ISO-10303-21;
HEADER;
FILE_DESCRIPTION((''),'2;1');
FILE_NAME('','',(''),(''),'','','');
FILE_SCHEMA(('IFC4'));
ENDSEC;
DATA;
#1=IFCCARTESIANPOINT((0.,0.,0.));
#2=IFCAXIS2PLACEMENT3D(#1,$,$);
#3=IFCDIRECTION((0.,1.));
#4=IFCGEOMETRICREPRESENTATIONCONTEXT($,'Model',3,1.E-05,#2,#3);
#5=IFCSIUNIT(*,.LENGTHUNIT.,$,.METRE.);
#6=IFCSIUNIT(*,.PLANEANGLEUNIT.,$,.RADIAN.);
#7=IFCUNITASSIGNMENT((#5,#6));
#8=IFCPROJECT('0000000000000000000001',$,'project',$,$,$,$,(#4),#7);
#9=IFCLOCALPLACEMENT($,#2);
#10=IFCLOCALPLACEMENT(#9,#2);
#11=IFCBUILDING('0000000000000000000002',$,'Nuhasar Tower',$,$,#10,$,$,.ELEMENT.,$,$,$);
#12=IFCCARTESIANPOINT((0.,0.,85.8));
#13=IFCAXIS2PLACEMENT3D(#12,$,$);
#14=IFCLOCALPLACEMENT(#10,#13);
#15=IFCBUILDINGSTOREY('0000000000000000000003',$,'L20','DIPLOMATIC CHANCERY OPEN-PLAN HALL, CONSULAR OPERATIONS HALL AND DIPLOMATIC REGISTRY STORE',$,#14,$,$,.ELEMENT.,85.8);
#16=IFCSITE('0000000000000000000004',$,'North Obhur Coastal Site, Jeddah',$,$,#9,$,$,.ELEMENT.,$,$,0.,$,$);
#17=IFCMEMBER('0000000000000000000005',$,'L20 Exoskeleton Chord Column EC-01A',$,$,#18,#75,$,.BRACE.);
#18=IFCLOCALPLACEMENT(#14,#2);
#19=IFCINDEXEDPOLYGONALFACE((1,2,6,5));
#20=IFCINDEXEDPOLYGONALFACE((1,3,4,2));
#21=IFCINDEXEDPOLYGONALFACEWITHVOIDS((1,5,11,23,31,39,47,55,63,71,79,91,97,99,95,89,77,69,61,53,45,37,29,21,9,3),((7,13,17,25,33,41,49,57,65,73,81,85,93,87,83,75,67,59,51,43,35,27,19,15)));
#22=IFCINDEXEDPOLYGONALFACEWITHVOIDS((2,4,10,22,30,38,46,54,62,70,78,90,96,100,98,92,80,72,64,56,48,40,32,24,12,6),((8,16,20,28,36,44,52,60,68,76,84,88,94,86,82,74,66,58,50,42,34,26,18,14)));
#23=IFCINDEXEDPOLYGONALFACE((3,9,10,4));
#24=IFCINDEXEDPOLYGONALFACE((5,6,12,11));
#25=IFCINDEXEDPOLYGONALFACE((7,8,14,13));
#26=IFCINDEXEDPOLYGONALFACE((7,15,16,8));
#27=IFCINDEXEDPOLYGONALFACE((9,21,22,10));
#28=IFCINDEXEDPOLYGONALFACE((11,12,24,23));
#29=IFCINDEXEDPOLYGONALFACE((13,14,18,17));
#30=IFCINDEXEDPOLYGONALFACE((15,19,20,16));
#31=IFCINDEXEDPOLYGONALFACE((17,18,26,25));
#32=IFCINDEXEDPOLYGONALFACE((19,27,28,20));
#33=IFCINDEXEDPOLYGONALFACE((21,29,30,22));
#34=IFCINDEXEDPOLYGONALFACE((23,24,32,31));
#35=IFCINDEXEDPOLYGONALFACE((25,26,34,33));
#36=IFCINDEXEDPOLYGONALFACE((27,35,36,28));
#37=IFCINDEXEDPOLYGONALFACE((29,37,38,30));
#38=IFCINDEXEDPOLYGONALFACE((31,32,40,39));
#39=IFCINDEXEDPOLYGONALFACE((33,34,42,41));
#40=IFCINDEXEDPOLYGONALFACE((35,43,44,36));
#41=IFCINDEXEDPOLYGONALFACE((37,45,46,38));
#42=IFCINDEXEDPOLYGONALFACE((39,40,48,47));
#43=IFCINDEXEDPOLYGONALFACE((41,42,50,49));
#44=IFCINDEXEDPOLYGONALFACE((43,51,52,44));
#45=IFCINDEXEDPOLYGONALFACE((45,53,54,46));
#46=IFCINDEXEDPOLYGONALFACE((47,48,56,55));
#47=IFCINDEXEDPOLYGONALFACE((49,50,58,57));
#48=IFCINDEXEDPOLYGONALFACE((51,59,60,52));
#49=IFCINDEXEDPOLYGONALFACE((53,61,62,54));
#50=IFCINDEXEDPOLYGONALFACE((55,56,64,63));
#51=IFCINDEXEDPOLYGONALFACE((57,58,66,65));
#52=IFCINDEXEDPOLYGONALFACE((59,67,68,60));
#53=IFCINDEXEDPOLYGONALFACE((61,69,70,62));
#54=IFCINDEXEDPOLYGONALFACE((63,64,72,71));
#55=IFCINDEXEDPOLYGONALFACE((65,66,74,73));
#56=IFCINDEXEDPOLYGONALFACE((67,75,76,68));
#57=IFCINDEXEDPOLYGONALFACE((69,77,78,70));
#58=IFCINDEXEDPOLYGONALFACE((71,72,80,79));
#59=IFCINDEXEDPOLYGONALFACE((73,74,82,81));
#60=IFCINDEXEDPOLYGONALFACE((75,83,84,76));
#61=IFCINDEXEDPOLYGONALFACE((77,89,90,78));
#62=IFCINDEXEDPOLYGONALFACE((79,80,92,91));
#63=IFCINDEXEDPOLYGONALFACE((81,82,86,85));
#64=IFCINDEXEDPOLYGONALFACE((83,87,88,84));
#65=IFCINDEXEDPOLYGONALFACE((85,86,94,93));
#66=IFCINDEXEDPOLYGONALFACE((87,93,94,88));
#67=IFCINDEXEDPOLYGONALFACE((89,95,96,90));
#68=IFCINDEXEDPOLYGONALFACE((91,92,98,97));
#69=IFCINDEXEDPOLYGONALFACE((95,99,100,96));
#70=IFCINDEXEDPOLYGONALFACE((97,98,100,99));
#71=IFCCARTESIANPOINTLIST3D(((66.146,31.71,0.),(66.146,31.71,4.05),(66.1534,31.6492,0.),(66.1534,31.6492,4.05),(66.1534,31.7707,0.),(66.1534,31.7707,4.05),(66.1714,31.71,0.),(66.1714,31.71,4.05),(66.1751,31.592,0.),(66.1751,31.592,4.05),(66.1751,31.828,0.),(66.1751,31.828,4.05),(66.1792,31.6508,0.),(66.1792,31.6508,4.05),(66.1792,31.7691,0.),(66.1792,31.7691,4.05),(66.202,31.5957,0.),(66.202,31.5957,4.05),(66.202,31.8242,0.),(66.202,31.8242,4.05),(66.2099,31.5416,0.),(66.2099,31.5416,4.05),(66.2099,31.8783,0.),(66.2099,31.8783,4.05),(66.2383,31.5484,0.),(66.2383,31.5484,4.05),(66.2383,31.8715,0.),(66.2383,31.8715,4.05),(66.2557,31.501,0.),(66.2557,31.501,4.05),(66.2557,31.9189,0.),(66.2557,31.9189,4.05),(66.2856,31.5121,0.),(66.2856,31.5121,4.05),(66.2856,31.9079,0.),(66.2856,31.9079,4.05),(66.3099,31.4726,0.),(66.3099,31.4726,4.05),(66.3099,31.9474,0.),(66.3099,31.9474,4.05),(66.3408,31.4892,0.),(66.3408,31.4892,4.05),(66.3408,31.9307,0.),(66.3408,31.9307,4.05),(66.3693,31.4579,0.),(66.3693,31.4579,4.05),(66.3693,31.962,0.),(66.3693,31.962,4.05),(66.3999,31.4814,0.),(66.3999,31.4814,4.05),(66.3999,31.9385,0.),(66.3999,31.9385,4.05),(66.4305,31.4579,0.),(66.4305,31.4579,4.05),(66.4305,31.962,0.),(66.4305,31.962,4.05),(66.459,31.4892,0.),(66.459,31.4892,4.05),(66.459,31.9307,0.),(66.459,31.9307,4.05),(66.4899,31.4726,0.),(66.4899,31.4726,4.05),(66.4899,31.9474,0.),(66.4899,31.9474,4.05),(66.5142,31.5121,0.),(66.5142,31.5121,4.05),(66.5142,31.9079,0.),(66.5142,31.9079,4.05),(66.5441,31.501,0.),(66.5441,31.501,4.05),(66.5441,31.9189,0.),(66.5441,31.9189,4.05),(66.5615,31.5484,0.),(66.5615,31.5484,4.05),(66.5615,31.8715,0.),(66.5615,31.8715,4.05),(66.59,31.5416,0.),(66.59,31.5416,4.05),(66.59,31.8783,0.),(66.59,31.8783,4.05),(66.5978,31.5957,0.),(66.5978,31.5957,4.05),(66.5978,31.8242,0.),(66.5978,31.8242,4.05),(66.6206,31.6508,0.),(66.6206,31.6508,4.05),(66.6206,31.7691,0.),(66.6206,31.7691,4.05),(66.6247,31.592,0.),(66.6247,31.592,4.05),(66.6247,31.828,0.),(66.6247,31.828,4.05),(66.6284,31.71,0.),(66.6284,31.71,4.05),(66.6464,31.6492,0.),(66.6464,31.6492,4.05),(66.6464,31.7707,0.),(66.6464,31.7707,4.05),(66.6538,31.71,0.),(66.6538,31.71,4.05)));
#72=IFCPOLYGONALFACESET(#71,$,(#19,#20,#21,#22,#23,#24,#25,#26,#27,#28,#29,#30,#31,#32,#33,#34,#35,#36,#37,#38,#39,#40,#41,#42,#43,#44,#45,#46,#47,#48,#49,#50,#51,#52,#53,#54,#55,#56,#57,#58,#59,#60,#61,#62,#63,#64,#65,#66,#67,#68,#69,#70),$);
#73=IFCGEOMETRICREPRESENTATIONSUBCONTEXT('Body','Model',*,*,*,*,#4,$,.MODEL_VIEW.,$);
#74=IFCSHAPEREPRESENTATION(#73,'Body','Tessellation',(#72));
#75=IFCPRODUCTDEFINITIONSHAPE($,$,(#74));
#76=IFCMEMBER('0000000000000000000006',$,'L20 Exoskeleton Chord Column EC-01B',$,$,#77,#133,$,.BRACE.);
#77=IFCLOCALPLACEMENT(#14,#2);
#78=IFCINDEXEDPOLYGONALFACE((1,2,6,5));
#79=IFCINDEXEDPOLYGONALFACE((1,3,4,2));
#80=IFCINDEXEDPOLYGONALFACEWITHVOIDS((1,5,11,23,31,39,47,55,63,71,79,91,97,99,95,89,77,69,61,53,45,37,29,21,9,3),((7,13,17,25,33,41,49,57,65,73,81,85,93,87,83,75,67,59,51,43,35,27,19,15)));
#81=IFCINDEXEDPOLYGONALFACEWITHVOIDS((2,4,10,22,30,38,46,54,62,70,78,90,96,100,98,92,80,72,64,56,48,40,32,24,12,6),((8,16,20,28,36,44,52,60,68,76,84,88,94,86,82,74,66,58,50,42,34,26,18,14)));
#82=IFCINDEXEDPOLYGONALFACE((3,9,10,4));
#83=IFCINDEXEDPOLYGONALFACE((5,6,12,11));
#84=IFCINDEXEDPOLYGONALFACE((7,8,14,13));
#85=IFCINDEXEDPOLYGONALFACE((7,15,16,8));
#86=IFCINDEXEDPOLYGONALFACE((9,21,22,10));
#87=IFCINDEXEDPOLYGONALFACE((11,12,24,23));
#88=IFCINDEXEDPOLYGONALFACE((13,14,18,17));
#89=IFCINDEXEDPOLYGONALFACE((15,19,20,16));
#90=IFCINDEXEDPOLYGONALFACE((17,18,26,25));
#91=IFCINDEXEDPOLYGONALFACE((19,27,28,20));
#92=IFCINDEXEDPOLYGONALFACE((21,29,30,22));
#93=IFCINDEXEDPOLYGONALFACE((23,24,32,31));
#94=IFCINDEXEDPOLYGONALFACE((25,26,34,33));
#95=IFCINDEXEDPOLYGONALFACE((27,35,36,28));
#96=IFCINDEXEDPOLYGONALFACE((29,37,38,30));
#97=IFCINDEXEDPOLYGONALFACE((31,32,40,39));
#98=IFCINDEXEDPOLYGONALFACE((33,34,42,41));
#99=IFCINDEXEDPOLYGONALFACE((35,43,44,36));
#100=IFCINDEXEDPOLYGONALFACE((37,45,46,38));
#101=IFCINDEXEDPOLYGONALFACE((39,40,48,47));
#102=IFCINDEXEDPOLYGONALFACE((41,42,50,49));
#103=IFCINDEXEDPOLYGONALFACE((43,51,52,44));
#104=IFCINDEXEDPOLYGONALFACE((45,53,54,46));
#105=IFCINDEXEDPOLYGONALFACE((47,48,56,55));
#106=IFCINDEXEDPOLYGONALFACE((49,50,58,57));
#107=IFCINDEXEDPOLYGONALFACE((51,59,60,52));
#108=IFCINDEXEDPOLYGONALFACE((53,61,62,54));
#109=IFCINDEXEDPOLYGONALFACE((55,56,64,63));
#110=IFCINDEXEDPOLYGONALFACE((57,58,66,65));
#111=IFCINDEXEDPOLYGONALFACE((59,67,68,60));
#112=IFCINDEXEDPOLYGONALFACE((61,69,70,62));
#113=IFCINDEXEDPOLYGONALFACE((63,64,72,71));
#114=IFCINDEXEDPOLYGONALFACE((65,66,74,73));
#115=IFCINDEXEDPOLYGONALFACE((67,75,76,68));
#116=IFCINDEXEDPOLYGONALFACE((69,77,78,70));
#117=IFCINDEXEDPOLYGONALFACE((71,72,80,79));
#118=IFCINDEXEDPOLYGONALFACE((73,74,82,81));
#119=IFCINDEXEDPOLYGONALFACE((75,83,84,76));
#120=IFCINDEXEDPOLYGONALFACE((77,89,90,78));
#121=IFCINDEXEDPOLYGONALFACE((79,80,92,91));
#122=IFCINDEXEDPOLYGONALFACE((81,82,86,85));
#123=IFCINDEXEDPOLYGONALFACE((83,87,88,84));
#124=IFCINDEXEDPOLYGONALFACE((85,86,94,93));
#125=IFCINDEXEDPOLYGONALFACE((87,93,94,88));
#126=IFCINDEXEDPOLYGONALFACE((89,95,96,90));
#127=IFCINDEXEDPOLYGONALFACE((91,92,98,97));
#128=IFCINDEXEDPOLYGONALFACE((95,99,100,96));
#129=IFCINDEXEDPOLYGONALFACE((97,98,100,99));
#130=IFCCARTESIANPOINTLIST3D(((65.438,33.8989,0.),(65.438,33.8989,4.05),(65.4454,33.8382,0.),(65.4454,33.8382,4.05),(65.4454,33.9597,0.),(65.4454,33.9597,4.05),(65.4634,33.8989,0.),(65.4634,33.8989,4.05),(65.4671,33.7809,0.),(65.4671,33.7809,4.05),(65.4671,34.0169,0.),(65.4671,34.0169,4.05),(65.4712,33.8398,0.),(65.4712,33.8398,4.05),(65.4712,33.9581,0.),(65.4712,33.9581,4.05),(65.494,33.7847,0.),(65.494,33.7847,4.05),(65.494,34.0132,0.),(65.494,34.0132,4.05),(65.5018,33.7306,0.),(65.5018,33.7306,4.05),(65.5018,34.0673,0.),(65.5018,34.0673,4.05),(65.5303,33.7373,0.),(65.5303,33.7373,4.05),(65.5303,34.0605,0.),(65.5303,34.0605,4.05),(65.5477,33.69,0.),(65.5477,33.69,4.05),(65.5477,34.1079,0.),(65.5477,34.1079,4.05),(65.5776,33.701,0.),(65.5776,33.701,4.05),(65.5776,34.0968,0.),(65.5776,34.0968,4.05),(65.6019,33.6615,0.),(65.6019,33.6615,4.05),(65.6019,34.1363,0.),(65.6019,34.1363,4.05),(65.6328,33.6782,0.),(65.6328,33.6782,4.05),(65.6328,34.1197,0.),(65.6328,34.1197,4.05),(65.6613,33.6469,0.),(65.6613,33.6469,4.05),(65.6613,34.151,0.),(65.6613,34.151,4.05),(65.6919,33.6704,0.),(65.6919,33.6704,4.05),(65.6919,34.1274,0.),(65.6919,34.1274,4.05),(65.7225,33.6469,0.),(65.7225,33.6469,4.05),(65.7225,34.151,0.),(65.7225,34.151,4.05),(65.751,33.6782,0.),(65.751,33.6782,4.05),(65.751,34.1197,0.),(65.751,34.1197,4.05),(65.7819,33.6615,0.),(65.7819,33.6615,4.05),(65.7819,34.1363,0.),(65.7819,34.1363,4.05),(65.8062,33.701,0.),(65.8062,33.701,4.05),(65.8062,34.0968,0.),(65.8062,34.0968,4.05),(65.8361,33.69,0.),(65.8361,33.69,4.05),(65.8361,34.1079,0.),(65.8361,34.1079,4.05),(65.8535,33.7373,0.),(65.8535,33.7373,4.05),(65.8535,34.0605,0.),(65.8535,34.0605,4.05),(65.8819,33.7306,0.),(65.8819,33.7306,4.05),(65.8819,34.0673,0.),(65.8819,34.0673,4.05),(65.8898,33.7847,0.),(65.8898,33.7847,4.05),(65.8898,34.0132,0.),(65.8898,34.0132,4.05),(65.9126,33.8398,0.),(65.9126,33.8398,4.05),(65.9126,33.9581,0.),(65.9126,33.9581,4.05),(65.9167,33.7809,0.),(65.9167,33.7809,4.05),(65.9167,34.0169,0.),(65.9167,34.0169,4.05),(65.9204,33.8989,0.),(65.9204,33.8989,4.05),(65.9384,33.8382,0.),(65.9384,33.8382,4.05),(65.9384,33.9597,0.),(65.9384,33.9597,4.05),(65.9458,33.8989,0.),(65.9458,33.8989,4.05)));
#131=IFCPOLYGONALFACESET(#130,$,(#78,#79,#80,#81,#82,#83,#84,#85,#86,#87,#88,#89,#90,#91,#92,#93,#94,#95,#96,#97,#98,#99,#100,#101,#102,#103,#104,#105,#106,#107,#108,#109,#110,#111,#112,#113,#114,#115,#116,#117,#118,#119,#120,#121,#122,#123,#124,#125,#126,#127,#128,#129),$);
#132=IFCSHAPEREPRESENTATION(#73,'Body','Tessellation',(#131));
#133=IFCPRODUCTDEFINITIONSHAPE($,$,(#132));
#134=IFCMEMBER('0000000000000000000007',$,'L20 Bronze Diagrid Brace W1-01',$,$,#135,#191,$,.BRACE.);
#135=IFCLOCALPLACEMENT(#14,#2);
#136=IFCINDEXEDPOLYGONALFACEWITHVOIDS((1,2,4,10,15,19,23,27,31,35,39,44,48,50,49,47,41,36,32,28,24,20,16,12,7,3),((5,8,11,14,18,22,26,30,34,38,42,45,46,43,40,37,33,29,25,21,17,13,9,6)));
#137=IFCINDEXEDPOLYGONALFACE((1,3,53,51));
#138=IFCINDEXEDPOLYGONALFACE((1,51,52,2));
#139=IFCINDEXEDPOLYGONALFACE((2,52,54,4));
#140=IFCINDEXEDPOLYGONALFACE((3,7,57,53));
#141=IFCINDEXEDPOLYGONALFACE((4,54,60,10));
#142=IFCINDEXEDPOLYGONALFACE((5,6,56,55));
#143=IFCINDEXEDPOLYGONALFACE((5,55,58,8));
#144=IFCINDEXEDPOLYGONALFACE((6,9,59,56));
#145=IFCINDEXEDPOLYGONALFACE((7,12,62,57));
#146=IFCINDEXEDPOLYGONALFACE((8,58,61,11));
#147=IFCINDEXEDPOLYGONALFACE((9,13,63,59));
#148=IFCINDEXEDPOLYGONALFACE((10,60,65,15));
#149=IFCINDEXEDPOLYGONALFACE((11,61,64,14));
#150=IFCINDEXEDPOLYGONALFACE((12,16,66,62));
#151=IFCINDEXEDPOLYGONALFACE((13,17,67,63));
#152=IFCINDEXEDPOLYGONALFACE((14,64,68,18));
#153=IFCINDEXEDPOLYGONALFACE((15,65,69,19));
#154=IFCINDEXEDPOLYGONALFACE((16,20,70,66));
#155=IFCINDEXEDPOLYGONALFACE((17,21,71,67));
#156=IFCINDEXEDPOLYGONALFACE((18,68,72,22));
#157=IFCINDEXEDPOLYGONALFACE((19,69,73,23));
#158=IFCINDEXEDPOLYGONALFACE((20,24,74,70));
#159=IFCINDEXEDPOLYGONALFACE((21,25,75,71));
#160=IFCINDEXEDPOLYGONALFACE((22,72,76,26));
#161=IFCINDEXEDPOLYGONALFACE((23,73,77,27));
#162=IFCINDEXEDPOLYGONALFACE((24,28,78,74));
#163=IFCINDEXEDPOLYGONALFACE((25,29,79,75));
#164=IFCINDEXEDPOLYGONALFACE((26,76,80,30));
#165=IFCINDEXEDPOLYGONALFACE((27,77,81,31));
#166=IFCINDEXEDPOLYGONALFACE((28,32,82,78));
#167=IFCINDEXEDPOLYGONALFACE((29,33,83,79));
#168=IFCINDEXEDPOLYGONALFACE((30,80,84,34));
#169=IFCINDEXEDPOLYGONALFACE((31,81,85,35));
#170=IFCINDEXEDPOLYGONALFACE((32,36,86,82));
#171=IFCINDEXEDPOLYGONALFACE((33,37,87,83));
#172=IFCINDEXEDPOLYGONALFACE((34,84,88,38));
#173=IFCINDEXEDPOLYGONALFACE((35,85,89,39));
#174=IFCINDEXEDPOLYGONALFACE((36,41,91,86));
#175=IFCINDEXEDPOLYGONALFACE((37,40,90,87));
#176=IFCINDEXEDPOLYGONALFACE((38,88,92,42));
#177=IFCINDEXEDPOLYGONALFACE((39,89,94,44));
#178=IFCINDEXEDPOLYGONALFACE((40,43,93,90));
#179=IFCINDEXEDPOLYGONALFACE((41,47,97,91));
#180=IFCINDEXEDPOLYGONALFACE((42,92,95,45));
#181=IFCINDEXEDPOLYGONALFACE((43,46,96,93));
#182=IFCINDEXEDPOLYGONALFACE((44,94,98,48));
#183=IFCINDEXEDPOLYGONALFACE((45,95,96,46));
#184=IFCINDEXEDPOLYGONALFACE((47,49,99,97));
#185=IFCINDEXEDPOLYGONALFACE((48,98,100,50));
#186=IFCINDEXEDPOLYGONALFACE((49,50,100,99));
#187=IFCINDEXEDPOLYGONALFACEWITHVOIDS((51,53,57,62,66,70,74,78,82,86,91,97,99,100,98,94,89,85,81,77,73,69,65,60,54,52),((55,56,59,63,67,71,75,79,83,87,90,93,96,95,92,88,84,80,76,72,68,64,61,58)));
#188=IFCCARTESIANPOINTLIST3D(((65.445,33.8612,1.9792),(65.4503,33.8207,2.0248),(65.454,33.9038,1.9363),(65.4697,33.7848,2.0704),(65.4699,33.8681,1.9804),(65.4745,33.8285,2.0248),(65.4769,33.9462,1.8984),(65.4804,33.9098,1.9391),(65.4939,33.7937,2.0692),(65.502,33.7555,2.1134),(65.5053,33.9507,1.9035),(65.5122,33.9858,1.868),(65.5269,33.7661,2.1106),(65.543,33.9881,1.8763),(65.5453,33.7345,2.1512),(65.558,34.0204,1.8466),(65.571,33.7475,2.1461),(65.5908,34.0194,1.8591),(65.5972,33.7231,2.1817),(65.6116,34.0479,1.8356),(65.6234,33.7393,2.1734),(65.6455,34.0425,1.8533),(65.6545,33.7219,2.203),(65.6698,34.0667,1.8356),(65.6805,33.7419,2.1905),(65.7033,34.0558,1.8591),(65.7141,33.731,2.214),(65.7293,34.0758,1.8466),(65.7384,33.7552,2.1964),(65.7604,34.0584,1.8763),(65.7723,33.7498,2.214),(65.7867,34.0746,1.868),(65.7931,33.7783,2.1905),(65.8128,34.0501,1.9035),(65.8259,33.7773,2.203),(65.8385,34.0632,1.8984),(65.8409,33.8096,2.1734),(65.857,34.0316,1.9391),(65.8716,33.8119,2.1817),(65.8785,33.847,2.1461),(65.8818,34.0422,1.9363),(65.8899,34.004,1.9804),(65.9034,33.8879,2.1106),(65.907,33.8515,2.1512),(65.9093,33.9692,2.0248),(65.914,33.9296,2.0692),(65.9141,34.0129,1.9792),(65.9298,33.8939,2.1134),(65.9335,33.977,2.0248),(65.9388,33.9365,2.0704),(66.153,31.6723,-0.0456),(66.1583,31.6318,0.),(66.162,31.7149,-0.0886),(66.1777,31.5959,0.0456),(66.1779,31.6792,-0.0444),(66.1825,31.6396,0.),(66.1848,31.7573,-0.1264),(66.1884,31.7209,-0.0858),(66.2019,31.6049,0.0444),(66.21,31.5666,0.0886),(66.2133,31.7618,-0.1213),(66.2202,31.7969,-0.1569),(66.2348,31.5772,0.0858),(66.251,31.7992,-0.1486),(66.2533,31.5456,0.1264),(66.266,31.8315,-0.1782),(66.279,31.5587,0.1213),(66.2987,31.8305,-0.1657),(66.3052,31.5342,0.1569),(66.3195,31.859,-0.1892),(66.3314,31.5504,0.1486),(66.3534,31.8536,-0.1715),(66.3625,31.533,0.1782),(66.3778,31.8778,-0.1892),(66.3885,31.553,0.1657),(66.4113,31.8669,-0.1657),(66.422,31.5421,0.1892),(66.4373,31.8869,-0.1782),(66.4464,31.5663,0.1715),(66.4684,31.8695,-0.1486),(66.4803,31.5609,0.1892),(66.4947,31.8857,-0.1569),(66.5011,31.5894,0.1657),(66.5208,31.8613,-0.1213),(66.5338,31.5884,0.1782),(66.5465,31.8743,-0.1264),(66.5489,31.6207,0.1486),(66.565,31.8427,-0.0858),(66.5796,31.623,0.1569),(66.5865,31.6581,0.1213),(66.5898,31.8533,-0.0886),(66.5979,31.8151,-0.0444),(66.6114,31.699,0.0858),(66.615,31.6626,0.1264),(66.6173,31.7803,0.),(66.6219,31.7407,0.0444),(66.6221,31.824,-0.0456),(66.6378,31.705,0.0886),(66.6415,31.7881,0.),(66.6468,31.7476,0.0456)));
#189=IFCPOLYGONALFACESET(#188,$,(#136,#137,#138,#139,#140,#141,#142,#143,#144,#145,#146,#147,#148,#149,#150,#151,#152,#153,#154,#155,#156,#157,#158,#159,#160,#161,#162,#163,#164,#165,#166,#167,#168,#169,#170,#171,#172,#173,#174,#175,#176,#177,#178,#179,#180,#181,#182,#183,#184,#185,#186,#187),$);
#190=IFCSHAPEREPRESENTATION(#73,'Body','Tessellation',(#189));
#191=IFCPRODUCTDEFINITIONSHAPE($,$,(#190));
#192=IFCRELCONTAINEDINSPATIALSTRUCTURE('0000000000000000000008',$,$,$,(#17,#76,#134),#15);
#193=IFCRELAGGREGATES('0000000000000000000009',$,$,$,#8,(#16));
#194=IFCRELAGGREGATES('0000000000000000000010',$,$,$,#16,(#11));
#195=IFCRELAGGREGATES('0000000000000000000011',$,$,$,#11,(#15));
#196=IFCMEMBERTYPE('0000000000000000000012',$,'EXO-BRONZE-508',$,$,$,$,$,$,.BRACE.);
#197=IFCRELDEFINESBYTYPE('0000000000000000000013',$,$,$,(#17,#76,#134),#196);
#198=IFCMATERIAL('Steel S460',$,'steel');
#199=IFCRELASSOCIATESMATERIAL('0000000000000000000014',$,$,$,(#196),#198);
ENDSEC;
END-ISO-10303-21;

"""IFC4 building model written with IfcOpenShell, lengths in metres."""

from ifc_helpers import new_model, si_unit, direction, frame, origin, origin_2d, place, context, subcontext, project, spatial, hollow_circle, extrude, material, material_profile, profile_set, type_object, element, save


model = new_model("IFC4")

# Units and contexts
model_context = context("Model", 3, precision=1e-05, world=origin(), true_north=direction((0.0, 1.0)))
body_context = subcontext(model_context, "Body", "Model", "MODEL_VIEW")
ifc_project = project(units=[si_unit("LENGTHUNIT", "METRE"), si_unit("PLANEANGLEUNIT", "RADIAN")], contexts=[model_context])

# Site, building, storey
site_placement = place(None, origin())
site = spatial("IfcSite", under=ifc_project, at=site_placement, Name="North Obhur Coastal Site, Jeddah", CompositionType="ELEMENT", RefElevation=0.0)
building_placement = place(site_placement, origin())
building = spatial("IfcBuilding", under=site, at=building_placement, Name="Nuhasar Tower", CompositionType="ELEMENT")
storey_placement = place(building_placement, frame((0.0, 0.0, 85.8)))
storey = spatial("IfcBuildingStorey", under=building, at=storey_placement, Name="L20", Description="DIPLOMATIC CHANCERY OPEN-PLAN HALL, CONSULAR OPERATIONS HALL AND DIPLOMATIC REGISTRY STORE", CompositionType="ELEMENT", Elevation=85.8)

# Members
ifc_material_1 = material(Name="Steel S460", Category="steel")
ifc_material_profile_1 = material_profile(ifc_material_1, hollow_circle(Radius=0.2539, WallThickness=0.0254, at=origin_2d()), Name="HSS508X25.4")
ifc_profile_set_1 = profile_set([ifc_material_profile_1], Name="Steel S460")
member_type_1 = type_object("IfcMemberType", Name="EXO-BRONZE-508", PredefinedType="BRACE", material=ifc_profile_set_1)
for number, where, z_axis, x_axis, name in (
    (1, (66.3999, 31.71, 0.0), (0.0, 0.0, 1.0), (1.0, 0.0, 0.0), "L20 Exoskeleton Chord Column EC-01A"),
    (2, (65.6919, 33.8989, 0.0), (0.0, 0.0, 1.0), (1.0, 0.0, 0.0), "L20 Exoskeleton Chord Column EC-01B"),
):
    element("IfcMember", number, at=place(storey_placement, frame(where, z_axis=z_axis, x_axis=x_axis)), inside=storey, type_object=member_type_1, Name=name, PredefinedType="BRACE", context=body_context, shape_type="SweptSolid", body=[
        extrude(hollow_circle(Radius=0.2539, WallThickness=0.0254, at=origin_2d()), origin(), (0.0, 0.0, 1.0), 4.05),
    ])
member_1_placement = place(storey_placement, frame((66.3999, 31.71, 0.0), z_axis=(-0.231012, 0.714225, 0.660694), x_axis=(-0.951468, -0.307747, 0.0)))
element("IfcMember", 3, at=member_1_placement, inside=storey, type_object=member_type_1, Name="L20 Bronze Diagrid Brace W1-01", PredefinedType="BRACE", context=body_context, shape_type="SweptSolid", body=[
    extrude(hollow_circle(Radius=0.2539, WallThickness=0.0254, at=origin_2d()), origin(), (0.0, 0.0, 1.0), 3.0647),
])

save(model, "model.ifc")
